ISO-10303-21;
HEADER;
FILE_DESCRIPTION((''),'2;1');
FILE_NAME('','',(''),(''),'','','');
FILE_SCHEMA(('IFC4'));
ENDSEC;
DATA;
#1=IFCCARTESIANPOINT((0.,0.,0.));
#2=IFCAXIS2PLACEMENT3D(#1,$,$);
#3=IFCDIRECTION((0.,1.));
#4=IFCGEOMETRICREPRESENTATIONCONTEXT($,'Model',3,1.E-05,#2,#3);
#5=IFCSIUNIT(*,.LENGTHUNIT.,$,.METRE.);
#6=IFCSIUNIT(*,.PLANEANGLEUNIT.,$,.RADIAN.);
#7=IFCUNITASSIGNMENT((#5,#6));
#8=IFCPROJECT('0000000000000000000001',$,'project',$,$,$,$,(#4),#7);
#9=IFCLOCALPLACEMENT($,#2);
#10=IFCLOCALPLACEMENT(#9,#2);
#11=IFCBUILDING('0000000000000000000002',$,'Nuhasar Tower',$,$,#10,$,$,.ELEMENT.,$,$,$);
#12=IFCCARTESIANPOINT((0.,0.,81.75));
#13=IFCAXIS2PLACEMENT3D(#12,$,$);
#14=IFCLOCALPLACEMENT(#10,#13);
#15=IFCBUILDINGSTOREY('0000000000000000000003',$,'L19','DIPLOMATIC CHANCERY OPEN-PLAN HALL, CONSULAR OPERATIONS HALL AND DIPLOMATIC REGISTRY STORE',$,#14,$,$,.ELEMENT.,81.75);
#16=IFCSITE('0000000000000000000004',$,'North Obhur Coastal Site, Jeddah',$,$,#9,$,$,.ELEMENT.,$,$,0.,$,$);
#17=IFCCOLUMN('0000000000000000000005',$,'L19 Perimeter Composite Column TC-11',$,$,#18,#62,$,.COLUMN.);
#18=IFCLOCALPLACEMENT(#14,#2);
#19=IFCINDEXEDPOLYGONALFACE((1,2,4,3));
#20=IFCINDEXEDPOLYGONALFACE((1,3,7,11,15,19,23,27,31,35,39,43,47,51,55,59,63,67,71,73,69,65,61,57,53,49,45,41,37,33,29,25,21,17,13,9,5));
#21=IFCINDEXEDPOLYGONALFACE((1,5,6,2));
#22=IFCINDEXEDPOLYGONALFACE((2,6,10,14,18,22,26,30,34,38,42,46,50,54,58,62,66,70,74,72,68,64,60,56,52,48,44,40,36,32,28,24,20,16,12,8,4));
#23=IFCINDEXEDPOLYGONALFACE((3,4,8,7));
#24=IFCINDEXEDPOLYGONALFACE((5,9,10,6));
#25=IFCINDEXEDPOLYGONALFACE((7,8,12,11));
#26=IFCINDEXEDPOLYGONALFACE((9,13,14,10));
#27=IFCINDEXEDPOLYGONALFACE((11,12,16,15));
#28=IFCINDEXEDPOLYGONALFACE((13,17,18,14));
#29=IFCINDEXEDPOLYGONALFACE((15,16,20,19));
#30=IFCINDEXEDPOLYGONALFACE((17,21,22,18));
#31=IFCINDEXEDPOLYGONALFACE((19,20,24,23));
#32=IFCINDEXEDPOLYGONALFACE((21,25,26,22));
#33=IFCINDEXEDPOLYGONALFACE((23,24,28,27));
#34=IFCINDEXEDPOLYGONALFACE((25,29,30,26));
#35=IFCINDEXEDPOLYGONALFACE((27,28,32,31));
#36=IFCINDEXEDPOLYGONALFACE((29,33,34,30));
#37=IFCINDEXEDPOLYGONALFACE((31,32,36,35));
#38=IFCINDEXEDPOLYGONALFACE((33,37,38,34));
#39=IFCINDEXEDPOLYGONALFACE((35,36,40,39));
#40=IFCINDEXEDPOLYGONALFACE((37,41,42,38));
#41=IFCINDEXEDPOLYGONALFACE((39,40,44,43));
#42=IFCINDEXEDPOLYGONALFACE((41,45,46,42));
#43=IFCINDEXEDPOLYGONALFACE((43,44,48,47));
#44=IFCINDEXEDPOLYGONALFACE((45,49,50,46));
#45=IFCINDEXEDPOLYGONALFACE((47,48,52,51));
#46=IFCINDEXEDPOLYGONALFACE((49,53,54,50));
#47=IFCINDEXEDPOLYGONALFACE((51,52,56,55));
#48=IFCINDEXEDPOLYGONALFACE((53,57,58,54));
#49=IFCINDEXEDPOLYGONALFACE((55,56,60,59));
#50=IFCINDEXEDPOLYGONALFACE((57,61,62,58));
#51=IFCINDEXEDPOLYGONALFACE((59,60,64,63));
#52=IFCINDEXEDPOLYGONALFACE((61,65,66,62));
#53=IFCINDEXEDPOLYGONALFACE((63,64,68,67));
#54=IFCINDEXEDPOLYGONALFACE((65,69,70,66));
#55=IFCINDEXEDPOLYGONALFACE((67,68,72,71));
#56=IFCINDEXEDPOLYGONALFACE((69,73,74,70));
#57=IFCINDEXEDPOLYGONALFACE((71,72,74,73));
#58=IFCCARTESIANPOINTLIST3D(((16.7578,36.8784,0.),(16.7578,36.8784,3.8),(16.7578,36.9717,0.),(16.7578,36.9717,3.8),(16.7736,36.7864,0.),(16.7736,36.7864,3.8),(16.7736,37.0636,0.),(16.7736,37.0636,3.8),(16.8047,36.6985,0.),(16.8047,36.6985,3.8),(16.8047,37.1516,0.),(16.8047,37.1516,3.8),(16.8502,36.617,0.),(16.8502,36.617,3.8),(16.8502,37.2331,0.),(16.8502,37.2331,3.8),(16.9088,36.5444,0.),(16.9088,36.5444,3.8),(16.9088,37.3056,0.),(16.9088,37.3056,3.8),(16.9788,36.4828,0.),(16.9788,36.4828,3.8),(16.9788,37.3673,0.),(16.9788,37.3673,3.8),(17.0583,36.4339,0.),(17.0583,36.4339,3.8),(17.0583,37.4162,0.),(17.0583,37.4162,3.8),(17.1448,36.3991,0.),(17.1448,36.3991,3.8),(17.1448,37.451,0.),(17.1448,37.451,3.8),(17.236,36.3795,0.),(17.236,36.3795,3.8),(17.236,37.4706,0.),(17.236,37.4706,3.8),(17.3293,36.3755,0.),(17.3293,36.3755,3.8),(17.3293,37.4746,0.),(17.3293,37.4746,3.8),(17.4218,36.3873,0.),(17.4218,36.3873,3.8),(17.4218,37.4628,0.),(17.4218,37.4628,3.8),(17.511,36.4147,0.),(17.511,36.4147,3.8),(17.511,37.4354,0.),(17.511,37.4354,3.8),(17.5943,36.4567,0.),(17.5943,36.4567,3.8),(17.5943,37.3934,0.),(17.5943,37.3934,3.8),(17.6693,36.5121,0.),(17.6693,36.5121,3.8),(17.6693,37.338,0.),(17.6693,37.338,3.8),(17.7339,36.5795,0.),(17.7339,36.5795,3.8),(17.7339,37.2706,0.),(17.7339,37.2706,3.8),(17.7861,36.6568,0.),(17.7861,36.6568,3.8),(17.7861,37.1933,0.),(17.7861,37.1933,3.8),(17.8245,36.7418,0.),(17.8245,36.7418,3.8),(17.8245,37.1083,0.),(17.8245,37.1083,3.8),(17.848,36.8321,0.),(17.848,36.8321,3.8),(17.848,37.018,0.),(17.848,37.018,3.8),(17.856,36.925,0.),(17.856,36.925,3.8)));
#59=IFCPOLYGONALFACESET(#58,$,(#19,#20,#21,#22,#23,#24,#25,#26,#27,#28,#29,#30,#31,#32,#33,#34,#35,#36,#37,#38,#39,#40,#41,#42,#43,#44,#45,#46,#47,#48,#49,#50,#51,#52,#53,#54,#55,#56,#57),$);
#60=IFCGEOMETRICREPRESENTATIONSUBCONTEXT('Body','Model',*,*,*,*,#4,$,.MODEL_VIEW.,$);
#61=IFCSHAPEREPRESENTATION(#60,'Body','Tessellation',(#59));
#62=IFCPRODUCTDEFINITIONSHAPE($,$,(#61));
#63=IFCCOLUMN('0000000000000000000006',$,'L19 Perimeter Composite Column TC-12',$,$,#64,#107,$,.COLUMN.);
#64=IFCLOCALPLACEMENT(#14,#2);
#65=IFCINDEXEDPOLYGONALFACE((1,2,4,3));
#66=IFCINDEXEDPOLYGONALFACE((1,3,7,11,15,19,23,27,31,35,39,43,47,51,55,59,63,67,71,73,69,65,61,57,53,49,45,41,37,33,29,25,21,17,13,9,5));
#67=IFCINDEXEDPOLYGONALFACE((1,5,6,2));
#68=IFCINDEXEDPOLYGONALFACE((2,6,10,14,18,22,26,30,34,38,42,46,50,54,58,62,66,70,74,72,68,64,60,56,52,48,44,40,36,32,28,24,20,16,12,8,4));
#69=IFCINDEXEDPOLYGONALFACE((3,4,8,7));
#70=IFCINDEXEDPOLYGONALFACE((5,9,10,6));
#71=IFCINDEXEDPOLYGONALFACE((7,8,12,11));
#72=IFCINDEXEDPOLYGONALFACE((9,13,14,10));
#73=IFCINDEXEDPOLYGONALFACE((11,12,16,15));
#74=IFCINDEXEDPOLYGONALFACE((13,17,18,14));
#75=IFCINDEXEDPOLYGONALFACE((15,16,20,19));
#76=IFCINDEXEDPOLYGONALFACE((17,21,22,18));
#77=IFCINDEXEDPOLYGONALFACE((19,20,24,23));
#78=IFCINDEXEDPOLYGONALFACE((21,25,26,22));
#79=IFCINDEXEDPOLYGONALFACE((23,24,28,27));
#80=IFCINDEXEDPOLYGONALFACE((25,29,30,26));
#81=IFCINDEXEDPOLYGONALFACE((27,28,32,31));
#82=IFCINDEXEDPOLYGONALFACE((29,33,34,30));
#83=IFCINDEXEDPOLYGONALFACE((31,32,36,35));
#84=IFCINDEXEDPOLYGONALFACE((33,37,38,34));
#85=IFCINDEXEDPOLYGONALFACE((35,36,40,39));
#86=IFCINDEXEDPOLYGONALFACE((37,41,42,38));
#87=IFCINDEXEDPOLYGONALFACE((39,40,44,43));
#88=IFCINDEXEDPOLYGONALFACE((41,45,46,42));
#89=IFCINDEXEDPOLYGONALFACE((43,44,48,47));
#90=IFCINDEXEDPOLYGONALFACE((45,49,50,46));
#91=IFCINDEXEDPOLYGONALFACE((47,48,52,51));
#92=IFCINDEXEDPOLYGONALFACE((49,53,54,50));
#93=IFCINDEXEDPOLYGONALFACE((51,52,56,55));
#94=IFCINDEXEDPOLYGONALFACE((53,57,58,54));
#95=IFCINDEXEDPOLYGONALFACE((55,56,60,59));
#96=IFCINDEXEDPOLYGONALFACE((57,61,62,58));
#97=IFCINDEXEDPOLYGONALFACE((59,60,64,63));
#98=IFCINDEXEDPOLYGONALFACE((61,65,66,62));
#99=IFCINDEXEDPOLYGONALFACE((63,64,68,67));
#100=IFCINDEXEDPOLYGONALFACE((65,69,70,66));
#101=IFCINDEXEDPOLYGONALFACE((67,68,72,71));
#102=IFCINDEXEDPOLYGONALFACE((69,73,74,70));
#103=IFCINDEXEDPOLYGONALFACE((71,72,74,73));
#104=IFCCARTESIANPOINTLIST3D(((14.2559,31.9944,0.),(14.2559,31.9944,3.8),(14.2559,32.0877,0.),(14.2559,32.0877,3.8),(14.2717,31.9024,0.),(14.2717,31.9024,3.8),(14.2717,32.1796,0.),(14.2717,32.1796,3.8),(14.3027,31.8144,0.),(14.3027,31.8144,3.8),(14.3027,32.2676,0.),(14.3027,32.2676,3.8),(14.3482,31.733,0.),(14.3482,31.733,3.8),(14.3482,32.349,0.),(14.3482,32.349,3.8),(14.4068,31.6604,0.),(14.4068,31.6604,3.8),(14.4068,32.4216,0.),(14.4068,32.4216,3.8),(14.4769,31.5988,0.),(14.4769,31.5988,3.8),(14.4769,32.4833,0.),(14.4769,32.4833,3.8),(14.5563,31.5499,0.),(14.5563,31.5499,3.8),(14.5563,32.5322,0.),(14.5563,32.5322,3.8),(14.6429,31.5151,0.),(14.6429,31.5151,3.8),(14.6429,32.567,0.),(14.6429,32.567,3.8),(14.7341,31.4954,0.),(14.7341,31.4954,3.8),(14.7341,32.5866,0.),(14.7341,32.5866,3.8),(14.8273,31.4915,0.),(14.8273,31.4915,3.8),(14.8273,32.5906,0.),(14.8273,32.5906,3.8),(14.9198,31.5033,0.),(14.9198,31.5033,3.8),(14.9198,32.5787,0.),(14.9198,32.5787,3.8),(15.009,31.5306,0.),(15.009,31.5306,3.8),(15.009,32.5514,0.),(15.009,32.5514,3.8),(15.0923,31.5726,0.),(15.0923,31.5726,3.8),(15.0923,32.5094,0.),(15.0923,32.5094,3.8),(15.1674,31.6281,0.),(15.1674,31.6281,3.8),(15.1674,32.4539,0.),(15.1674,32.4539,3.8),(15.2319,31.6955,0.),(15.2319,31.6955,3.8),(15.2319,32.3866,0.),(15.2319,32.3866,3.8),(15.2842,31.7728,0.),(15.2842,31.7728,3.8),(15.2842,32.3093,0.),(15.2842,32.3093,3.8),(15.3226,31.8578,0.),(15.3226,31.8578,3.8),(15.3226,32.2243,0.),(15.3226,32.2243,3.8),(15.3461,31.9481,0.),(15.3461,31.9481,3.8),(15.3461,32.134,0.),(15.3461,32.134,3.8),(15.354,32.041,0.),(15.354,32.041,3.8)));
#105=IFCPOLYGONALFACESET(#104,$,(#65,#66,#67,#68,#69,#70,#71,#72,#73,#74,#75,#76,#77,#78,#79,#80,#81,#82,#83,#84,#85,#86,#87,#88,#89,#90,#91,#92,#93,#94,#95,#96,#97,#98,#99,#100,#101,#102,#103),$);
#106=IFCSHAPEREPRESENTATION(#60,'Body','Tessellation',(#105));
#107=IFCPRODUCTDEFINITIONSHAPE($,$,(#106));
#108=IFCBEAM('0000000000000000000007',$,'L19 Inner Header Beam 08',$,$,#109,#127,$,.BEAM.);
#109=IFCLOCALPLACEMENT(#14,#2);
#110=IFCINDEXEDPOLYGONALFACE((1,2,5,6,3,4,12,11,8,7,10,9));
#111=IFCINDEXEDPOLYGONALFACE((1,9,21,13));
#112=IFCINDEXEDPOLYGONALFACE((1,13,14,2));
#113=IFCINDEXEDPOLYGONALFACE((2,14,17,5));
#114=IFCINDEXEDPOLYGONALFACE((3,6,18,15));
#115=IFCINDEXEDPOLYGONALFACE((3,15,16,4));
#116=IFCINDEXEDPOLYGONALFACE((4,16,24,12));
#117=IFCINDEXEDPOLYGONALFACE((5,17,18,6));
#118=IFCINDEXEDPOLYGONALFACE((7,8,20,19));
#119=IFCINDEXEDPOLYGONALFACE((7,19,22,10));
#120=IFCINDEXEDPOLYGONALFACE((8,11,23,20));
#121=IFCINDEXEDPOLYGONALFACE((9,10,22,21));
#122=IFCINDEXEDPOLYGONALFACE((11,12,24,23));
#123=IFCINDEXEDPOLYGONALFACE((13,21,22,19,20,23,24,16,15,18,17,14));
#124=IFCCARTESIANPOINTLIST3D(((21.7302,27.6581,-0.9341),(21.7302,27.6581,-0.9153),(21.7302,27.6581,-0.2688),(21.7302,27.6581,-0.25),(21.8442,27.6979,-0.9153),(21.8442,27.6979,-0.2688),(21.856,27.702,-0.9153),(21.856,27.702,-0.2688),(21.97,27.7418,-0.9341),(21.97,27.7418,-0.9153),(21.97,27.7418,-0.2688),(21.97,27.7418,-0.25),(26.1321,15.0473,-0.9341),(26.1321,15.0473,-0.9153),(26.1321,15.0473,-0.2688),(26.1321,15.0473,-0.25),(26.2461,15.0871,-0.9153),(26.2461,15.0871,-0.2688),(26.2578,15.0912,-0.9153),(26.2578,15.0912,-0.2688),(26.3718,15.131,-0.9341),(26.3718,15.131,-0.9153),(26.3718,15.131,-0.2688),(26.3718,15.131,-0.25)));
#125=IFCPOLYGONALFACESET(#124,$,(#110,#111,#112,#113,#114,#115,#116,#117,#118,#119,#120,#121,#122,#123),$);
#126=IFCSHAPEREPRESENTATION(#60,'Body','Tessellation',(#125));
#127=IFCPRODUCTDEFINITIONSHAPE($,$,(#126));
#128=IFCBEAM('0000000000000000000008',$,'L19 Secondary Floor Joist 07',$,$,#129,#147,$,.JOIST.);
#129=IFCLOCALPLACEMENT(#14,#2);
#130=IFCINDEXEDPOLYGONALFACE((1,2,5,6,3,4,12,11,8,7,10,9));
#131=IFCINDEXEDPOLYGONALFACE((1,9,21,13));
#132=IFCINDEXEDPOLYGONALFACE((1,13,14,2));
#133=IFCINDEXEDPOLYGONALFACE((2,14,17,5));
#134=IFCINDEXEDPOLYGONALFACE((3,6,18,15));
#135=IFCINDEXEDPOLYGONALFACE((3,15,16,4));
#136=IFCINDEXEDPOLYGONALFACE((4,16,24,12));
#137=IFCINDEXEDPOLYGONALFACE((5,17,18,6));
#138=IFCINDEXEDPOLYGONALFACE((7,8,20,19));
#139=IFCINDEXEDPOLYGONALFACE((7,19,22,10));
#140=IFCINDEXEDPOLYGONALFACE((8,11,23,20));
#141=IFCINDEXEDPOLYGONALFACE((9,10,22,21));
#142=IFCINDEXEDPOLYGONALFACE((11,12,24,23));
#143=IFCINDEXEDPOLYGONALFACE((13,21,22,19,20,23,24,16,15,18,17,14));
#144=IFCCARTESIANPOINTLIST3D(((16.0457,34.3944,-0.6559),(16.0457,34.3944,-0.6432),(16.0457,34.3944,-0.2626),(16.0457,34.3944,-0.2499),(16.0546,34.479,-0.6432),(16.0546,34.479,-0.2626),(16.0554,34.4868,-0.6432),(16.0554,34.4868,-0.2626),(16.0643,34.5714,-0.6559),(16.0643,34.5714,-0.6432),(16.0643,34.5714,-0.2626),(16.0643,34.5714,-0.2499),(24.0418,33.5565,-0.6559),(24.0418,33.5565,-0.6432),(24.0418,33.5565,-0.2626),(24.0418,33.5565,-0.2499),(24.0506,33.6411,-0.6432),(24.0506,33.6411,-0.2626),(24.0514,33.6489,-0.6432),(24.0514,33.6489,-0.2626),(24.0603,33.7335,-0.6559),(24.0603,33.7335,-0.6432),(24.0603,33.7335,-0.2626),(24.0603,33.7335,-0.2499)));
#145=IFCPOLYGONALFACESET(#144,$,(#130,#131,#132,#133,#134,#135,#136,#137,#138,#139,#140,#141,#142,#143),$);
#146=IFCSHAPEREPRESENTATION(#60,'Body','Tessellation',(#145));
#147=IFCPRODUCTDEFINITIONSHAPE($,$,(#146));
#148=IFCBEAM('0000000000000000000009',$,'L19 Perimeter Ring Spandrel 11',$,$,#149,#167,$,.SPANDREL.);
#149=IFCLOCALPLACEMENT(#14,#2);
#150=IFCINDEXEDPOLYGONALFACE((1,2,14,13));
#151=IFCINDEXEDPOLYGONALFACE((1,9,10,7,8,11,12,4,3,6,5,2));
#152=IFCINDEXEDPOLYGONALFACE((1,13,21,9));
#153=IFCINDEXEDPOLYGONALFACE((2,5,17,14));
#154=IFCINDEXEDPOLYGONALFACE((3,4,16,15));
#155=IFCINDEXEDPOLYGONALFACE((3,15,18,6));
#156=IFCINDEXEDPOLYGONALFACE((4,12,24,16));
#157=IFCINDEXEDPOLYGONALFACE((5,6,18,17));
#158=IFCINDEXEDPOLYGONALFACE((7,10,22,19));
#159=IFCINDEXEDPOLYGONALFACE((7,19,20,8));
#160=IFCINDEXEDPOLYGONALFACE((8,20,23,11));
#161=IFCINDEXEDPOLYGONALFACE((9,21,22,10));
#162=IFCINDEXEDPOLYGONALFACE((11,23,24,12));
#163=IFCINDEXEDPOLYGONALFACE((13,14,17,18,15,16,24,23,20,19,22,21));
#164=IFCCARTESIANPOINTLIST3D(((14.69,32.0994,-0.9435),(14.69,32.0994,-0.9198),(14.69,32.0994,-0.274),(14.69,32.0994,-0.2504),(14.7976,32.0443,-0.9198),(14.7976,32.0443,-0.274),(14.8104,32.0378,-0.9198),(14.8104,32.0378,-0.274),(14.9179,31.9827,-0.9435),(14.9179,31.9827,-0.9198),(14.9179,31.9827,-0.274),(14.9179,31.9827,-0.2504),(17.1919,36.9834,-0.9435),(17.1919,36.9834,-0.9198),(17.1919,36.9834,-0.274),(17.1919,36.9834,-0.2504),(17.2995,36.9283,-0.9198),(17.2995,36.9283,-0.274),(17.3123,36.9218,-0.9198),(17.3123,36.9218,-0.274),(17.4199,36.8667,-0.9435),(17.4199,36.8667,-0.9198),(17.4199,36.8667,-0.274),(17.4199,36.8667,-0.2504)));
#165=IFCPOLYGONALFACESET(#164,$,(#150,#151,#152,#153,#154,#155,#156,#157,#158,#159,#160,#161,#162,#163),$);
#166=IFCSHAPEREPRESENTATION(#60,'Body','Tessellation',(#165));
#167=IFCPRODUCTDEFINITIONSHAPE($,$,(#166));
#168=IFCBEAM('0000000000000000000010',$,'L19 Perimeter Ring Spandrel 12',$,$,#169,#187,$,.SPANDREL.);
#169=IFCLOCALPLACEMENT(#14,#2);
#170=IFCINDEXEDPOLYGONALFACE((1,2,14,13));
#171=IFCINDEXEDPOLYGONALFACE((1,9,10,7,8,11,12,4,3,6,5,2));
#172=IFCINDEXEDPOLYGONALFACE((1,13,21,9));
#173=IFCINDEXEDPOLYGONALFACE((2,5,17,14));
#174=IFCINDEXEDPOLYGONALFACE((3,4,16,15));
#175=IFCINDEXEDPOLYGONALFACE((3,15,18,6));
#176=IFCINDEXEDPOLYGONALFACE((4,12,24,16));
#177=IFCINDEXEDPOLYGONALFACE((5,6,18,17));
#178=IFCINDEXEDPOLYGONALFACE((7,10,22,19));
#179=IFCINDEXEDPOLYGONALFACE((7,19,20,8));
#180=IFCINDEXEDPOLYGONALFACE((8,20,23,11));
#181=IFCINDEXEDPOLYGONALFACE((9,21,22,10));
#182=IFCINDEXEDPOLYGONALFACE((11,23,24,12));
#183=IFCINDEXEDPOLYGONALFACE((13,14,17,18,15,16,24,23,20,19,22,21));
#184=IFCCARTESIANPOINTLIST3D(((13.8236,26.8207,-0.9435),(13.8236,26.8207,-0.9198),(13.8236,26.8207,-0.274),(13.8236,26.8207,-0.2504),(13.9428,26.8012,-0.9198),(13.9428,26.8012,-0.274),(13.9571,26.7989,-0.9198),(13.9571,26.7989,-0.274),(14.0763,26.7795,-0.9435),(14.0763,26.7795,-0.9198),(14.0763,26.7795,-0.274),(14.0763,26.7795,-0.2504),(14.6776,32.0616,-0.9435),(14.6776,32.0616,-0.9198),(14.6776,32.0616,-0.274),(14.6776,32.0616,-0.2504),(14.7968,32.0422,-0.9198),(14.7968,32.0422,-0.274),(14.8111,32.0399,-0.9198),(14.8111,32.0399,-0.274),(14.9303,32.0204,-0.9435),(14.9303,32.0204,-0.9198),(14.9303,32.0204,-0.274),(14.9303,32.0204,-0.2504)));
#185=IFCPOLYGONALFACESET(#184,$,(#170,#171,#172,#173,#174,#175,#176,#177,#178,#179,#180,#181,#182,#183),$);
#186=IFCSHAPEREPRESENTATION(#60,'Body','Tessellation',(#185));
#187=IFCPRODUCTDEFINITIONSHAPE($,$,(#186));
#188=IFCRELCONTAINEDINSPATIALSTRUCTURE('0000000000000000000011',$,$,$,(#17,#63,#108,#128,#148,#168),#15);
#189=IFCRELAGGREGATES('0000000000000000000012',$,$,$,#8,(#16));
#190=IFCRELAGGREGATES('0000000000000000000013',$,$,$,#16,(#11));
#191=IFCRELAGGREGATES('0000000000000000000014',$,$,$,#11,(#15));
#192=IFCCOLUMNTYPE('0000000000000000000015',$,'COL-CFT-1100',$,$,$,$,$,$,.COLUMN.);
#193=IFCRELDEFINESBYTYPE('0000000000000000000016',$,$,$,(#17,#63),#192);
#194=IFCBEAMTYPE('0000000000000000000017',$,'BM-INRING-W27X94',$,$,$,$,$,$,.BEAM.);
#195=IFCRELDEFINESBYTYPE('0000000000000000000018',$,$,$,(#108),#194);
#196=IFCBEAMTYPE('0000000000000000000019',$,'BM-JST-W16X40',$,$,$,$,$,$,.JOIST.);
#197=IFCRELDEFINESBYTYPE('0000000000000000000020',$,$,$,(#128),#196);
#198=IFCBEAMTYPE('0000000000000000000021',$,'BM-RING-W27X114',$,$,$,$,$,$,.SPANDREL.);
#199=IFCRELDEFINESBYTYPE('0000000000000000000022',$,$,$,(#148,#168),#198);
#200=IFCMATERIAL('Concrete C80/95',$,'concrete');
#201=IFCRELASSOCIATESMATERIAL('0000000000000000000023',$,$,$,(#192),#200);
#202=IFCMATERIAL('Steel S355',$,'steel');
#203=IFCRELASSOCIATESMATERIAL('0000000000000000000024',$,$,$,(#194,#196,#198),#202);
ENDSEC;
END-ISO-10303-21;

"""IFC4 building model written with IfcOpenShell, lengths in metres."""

from ifc_helpers import new_model, si_unit, direction, frame, origin, origin_2d, place, context, subcontext, project, spatial, circle, i_section, extrude, material, material_profile, profile_set, type_object, element, save


model = new_model("IFC4")

# Units and contexts
model_context = context("Model", 3, precision=1e-05, world=origin(), true_north=direction((0.0, 1.0)))
body_context = subcontext(model_context, "Body", "Model", "MODEL_VIEW")
ifc_project = project(units=[si_unit("LENGTHUNIT", "METRE"), si_unit("PLANEANGLEUNIT", "RADIAN")], contexts=[model_context])

# Site, building, storey
site_placement = place(None, origin())
site = spatial("IfcSite", under=ifc_project, at=site_placement, Name="North Obhur Coastal Site, Jeddah", CompositionType="ELEMENT", RefElevation=0.0)
building_placement = place(site_placement, origin())
building = spatial("IfcBuilding", under=site, at=building_placement, Name="Nuhasar Tower", CompositionType="ELEMENT")
storey_placement = place(building_placement, frame((0.0, 0.0, 81.75)))
storey = spatial("IfcBuildingStorey", under=building, at=storey_placement, Name="L19", Description="DIPLOMATIC CHANCERY OPEN-PLAN HALL, CONSULAR OPERATIONS HALL AND DIPLOMATIC REGISTRY STORE", CompositionType="ELEMENT", Elevation=81.75)

# Columns
ifc_material_1 = material(Name="Concrete C80/95", Category="concrete")
ifc_material_profile_1 = material_profile(ifc_material_1, circle(Radius=0.55, at=origin_2d()), Name="CFT1100")
ifc_profile_set_1 = profile_set([ifc_material_profile_1], Name="Concrete C80/95")
column_type = type_object("IfcColumnType", Name="COL-CFT-1100", PredefinedType="COLUMN", material=ifc_profile_set_1)
for number, where, z_axis, x_axis, name in (
    (1, (17.3059, 36.925, 0.0), (0.0, 0.0, 1.0), (1.0, 0.0, 0.0), "L19 Perimeter Composite Column TC-11"),
    (2, (14.804, 32.041, 0.0), (0.0, 0.0, 1.0), (1.0, 0.0, 0.0), "L19 Perimeter Composite Column TC-12"),
):
    element("IfcColumn", number, at=place(storey_placement, frame(where, z_axis=z_axis, x_axis=x_axis)), inside=storey, type_object=column_type, Name=name, PredefinedType="COLUMN", context=body_context, shape_type="SweptSolid", body=[
        extrude(circle(Radius=0.55, at=origin_2d()), origin(), (0.0, 0.0, 1.0), 3.8),
    ])

# Beams
ifc_material_2 = material(Name="Steel S355", Category="steel")
ifc_material_profile_2 = material_profile(ifc_material_2, i_section(OverallWidth=0.2539, OverallDepth=0.6841, WebThickness=0.0125, FlangeThickness=0.0188, at=origin_2d()), Name="W27X94")
ifc_profile_set_2 = profile_set([ifc_material_profile_2], Name="Steel S355")
beam_type_1 = type_object("IfcBeamType", Name="BM-INRING-W27X94", PredefinedType="BEAM", material=ifc_profile_set_2)
beam_1_placement = place(storey_placement, frame((21.8501, 27.7, -0.592), z_axis=(0.329554, -0.944137, 0.0), x_axis=(0.944137, 0.329554, 0.0)))
element("IfcBeam", 3, at=beam_1_placement, inside=storey, type_object=beam_type_1, Name="L19 Inner Header Beam 08", PredefinedType="BEAM", context=body_context, shape_type="SweptSolid", body=[
    extrude(i_section(OverallWidth=0.2539, OverallDepth=0.6841, WebThickness=0.0125, FlangeThickness=0.0188, at=origin_2d()), origin(), (0.0, 0.0, 1.0), 13.3569),
])
ifc_material_profile_3 = material_profile(ifc_material_2, i_section(OverallWidth=0.178, OverallDepth=0.406, WebThickness=0.0078, FlangeThickness=0.0127, at=origin_2d()), Name="W16X40")
ifc_profile_set_3 = profile_set([ifc_material_profile_3], Name="Steel S355")
beam_type_2 = type_object("IfcBeamType", Name="BM-JST-W16X40", PredefinedType="JOIST", material=ifc_profile_set_3)
beam_2_placement = place(storey_placement, frame((24.051, 33.645, -0.4529), z_axis=(-0.994555, 0.104217, 0.0), x_axis=(-0.104217, -0.994555, 0.0)))
element("IfcBeam", 4, at=beam_2_placement, inside=storey, type_object=beam_type_2, Name="L19 Secondary Floor Joist 07", PredefinedType="JOIST", context=body_context, shape_type="SweptSolid", body=[
    extrude(i_section(OverallWidth=0.178, OverallDepth=0.406, WebThickness=0.0078, FlangeThickness=0.0127, at=origin_2d()), origin(), (0.0, 0.0, 1.0), 8.0398),
])
ifc_material_profile_4 = material_profile(ifc_material_2, i_section(OverallWidth=0.2561, OverallDepth=0.6931, WebThickness=0.0144, FlangeThickness=0.0237, at=origin_2d()), Name="W27X114")
ifc_profile_set_4 = profile_set([ifc_material_profile_4], Name="Steel S355")
beam_type_3 = type_object("IfcBeamType", Name="BM-RING-W27X114", PredefinedType="SPANDREL", material=ifc_profile_set_4)
beam_3_placement = place(storey_placement, frame((17.3059, 36.925, -0.5969), z_axis=(-0.45593, -0.890016, 0.0), x_axis=(0.890016, -0.45593, 0.0)))
element("IfcBeam", 5, at=beam_3_placement, inside=storey, type_object=beam_type_3, Name="L19 Perimeter Ring Spandrel 11", PredefinedType="SPANDREL", context=body_context, shape_type="SweptSolid", body=[
    extrude(i_section(OverallWidth=0.2561, OverallDepth=0.6931, WebThickness=0.0144, FlangeThickness=0.0237, at=origin_2d()), origin(), (0.0, 0.0, 1.0), 5.4875),
])
beam_4_placement = place(storey_placement, frame((14.804, 32.041, -0.5969), z_axis=(-0.160827, -0.986983, 0.0), x_axis=(0.986983, -0.160827, 0.0)))
element("IfcBeam", 6, at=beam_4_placement, inside=storey, type_object=beam_type_3, Name="L19 Perimeter Ring Spandrel 12", PredefinedType="SPANDREL", context=body_context, shape_type="SweptSolid", body=[
    extrude(i_section(OverallWidth=0.2561, OverallDepth=0.6931, WebThickness=0.0144, FlangeThickness=0.0237, at=origin_2d()), origin(), (0.0, 0.0, 1.0), 5.3101),
])

save(model, "model.ifc")
